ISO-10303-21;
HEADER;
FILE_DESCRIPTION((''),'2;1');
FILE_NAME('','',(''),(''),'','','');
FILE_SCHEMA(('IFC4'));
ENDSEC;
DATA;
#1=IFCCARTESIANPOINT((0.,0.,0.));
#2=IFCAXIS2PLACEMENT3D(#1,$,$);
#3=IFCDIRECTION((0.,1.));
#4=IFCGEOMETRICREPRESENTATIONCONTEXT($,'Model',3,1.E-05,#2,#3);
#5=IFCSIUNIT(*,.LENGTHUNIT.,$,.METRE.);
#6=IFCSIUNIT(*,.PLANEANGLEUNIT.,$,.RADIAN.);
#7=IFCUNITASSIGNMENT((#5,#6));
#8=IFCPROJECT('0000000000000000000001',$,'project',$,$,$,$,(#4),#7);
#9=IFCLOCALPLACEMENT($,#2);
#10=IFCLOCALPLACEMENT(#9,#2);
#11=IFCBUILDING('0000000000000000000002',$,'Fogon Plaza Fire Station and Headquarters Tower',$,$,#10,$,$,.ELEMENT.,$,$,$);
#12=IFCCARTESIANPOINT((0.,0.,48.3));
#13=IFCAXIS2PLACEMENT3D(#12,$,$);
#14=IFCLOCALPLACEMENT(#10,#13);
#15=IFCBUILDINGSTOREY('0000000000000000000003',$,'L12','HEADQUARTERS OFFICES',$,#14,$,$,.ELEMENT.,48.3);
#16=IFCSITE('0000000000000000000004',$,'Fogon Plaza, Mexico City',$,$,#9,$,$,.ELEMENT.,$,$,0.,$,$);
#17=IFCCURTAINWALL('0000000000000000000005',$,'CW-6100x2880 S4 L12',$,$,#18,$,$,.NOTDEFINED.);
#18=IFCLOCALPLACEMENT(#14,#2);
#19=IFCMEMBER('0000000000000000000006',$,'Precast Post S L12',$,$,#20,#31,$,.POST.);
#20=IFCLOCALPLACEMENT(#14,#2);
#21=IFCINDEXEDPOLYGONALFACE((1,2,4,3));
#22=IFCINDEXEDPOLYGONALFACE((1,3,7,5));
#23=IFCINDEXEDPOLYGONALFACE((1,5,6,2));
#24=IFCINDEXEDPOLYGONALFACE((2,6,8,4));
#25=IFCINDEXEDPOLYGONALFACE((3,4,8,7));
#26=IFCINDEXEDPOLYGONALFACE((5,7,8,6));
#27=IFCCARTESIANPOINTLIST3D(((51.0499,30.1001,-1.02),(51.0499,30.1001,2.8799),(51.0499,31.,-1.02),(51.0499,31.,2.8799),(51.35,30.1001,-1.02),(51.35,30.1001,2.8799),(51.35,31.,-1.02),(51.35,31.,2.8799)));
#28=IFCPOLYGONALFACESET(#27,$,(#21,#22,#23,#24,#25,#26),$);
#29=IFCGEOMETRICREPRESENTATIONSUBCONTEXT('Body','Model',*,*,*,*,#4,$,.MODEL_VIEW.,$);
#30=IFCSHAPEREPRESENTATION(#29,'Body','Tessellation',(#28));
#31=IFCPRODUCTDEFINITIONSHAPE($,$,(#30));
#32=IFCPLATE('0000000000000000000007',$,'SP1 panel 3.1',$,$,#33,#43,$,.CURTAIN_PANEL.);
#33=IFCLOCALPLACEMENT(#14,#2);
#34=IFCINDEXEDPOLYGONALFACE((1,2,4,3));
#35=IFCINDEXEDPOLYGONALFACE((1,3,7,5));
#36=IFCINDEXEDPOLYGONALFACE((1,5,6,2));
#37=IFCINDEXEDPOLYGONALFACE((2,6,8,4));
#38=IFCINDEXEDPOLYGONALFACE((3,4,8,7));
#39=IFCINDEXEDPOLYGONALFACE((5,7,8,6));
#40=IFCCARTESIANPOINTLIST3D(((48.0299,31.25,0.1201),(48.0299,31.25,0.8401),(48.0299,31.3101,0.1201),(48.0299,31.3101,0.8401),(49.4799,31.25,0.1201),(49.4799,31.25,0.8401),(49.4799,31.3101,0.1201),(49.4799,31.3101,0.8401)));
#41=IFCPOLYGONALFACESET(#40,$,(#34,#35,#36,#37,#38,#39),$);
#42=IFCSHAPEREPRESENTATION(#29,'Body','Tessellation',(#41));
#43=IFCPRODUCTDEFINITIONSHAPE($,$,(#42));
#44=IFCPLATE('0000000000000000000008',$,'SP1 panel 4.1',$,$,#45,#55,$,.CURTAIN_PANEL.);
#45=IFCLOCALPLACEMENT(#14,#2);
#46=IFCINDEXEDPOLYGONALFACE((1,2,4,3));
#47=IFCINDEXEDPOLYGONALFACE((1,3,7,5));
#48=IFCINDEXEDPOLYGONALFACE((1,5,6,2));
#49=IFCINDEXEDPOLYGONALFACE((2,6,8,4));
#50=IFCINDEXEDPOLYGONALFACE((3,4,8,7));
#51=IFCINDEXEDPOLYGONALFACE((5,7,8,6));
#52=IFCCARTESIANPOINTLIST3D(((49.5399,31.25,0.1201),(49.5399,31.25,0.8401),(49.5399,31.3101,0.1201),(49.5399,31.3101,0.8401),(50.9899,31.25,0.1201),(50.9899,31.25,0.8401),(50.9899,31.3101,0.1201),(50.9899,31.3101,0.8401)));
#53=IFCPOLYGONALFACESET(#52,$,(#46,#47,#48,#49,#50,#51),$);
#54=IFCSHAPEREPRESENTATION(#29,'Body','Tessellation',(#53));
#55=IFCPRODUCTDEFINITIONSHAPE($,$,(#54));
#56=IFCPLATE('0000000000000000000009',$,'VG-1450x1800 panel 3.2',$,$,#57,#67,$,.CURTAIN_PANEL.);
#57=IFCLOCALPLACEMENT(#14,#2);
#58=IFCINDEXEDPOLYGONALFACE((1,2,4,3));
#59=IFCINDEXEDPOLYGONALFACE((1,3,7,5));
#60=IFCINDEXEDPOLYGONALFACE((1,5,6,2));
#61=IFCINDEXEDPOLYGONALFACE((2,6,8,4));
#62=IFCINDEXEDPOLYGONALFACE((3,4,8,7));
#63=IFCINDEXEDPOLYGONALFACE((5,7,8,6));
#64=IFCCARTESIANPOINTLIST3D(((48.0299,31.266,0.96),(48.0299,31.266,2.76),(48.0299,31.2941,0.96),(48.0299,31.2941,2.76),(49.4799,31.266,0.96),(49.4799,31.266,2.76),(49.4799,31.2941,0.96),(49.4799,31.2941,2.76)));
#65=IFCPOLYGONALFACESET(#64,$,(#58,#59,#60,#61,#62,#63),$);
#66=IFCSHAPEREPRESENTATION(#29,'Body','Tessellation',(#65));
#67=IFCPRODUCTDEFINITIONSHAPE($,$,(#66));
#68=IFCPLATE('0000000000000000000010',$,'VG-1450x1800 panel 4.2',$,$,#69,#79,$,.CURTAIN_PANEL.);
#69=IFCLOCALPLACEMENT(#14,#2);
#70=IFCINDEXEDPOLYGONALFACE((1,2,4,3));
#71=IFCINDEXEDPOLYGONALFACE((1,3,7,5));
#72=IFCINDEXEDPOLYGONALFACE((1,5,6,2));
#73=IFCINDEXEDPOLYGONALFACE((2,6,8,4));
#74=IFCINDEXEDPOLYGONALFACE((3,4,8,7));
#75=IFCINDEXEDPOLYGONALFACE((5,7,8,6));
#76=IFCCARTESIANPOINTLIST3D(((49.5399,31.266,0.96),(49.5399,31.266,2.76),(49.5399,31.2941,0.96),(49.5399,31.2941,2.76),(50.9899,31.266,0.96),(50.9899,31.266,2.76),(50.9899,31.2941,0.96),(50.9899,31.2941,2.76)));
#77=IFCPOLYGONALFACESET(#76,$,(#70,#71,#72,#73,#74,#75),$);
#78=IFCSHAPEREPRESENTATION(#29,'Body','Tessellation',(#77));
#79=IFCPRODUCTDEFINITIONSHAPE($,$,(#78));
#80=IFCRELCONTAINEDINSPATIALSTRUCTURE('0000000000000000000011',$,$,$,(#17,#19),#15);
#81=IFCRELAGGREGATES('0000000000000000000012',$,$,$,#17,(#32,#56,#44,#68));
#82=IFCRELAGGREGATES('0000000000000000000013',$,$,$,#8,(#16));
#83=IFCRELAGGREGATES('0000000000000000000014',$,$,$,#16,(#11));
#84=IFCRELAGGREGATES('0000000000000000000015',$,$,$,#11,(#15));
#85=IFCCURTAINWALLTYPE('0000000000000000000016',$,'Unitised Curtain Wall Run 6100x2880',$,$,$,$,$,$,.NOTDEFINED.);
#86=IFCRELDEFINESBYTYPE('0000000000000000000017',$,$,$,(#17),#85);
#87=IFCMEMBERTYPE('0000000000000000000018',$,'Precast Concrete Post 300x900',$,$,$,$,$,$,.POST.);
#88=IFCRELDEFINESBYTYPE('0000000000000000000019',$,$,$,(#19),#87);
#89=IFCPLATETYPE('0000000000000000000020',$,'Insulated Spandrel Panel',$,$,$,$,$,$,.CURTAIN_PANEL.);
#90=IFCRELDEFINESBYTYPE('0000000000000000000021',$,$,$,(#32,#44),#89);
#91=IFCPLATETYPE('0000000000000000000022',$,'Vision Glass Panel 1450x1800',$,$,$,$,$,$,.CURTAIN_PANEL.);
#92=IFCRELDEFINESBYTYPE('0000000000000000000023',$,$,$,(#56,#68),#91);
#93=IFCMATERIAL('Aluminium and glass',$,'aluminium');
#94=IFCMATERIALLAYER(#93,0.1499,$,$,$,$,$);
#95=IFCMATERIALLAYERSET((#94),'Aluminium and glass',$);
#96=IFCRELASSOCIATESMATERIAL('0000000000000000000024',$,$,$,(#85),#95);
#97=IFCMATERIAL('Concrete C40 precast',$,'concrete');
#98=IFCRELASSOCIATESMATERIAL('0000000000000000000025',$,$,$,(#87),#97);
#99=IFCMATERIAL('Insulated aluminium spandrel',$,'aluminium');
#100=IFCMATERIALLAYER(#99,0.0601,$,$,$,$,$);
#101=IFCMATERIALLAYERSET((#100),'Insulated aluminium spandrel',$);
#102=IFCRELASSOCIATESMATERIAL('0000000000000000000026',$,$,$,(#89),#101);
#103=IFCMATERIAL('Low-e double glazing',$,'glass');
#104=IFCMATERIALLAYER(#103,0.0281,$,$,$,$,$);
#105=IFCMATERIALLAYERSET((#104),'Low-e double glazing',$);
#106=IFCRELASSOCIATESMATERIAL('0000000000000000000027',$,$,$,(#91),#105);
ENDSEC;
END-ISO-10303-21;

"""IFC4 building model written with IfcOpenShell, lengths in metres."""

from ifc_helpers import new_model, si_unit, direction, frame, origin, origin_2d, place, context, subcontext, project, spatial, rectangle, extrude, material, layer, layer_set, material_profile, profile_set, type_object, element, aggregate, save


model = new_model("IFC4")

# Units and contexts
model_context = context("Model", 3, precision=1e-05, world=origin(), true_north=direction((0.0, 1.0)))
body_context = subcontext(model_context, "Body", "Model", "MODEL_VIEW")
ifc_project = project(units=[si_unit("LENGTHUNIT", "METRE"), si_unit("PLANEANGLEUNIT", "RADIAN")], contexts=[model_context])

# Site, building, storey
site_placement = place(None, origin())
site = spatial("IfcSite", under=ifc_project, at=site_placement, Name="Fogon Plaza, Mexico City", CompositionType="ELEMENT", RefElevation=0.0)
building_placement = place(site_placement, origin())
building = spatial("IfcBuilding", under=site, at=building_placement, Name="Fogon Plaza Fire Station and Headquarters Tower", CompositionType="ELEMENT")
storey_placement = place(building_placement, frame((0.0, 0.0, 48.3)))
storey = spatial("IfcBuildingStorey", under=building, at=storey_placement, Name="L12", Description="HEADQUARTERS OFFICES", CompositionType="ELEMENT", Elevation=48.3)

# Curtain wall
ifc_material_1 = material(Name="Aluminium and glass", Category="aluminium")
ifc_layer_1 = layer(ifc_material_1, 0.1499)
ifc_layer_set_1 = layer_set([ifc_layer_1], Name="Aluminium and glass")
curtain_wall_type = type_object("IfcCurtainWallType", Name="Unitised Curtain Wall Run 6100x2880", PredefinedType="NOTDEFINED", material=ifc_layer_set_1)
curtain_wall_1_placement = place(storey_placement, origin())
curtain_wall_1 = element("IfcCurtainWall", 1, at=curtain_wall_1_placement, inside=storey, type_object=curtain_wall_type, Name="CW-6100x2880 S4 L12", PredefinedType="NOTDEFINED")

# Member
ifc_material_2 = material(Name="Concrete C40 precast", Category="concrete")
ifc_material_profile_1 = material_profile(ifc_material_2, rectangle(XDim=0.3, YDim=0.8999, at=origin_2d()), Name="Precast Concrete Post 300x900")
ifc_profile_set_1 = profile_set([ifc_material_profile_1], Name="Concrete C40 precast")
member_type_1 = type_object("IfcMemberType", Name="Precast Concrete Post 300x900", PredefinedType="POST", material=ifc_profile_set_1)
member_1_placement = place(storey_placement, frame((51.2, 30.55, -1.02), z_axis=(0.0, 0.0, 1.0), x_axis=(1.0, 0.0, 0.0)))
element("IfcMember", 2, at=member_1_placement, inside=storey, type_object=member_type_1, Name="Precast Post S L12", PredefinedType="POST", context=body_context, shape_type="SweptSolid", body=[
    extrude(rectangle(XDim=0.3, YDim=0.8999, at=origin_2d()), origin(), (0.0, 0.0, 1.0), 3.8999),
])

# Plates
ifc_material_3 = material(Name="Insulated aluminium spandrel", Category="aluminium")
ifc_layer_2 = layer(ifc_material_3, 0.0601)
ifc_layer_set_2 = layer_set([ifc_layer_2], Name="Insulated aluminium spandrel")
plate_type_1 = type_object("IfcPlateType", Name="Insulated Spandrel Panel", PredefinedType="CURTAIN_PANEL", material=ifc_layer_set_2)
plate_1_placement = place(storey_placement, frame((48.7549, 31.28, 0.1201), z_axis=(0.0, 0.0, 1.0), x_axis=(1.0, 0.0, 0.0)))
plate_1 = element("IfcPlate", 3, at=plate_1_placement, type_object=plate_type_1, Name="SP1 panel 3.1", PredefinedType="CURTAIN_PANEL", context=body_context, shape_type="SweptSolid", body=[
    extrude(rectangle(XDim=1.45, YDim=0.0601, at=origin_2d()), origin(), (0.0, 0.0, 1.0), 0.72),
])
plate_2_placement = place(storey_placement, frame((50.2649, 31.28, 0.1201), z_axis=(0.0, 0.0, 1.0), x_axis=(1.0, 0.0, 0.0)))
plate_2 = element("IfcPlate", 4, at=plate_2_placement, type_object=plate_type_1, Name="SP1 panel 4.1", PredefinedType="CURTAIN_PANEL", context=body_context, shape_type="SweptSolid", body=[
    extrude(rectangle(XDim=1.45, YDim=0.0601, at=origin_2d()), origin(), (0.0, 0.0, 1.0), 0.72),
])
ifc_material_4 = material(Name="Low-e double glazing", Category="glass")
ifc_layer_3 = layer(ifc_material_4, 0.0281)
ifc_layer_set_3 = layer_set([ifc_layer_3], Name="Low-e double glazing")
plate_type_2 = type_object("IfcPlateType", Name="Vision Glass Panel 1450x1800", PredefinedType="CURTAIN_PANEL", material=ifc_layer_set_3)
plate_3_placement = place(storey_placement, frame((48.7549, 31.28, 0.96), z_axis=(0.0, 0.0, 1.0), x_axis=(1.0, 0.0, 0.0)))
plate_3 = element("IfcPlate", 5, at=plate_3_placement, type_object=plate_type_2, Name="VG-1450x1800 panel 3.2", PredefinedType="CURTAIN_PANEL", context=body_context, shape_type="SweptSolid", body=[
    extrude(rectangle(XDim=1.45, YDim=0.0281, at=origin_2d()), origin(), (0.0, 0.0, 1.0), 1.8),
])
plate_4_placement = place(storey_placement, frame((50.2649, 31.28, 0.96), z_axis=(0.0, 0.0, 1.0), x_axis=(1.0, 0.0, 0.0)))
plate_4 = element("IfcPlate", 6, at=plate_4_placement, type_object=plate_type_2, Name="VG-1450x1800 panel 4.2", PredefinedType="CURTAIN_PANEL", context=body_context, shape_type="SweptSolid", body=[
    extrude(rectangle(XDim=1.45, YDim=0.0281, at=origin_2d()), origin(), (0.0, 0.0, 1.0), 1.8),
])
aggregate(curtain_wall_1, [plate_1, plate_3, plate_2, plate_4])

save(model, "model.ifc")
